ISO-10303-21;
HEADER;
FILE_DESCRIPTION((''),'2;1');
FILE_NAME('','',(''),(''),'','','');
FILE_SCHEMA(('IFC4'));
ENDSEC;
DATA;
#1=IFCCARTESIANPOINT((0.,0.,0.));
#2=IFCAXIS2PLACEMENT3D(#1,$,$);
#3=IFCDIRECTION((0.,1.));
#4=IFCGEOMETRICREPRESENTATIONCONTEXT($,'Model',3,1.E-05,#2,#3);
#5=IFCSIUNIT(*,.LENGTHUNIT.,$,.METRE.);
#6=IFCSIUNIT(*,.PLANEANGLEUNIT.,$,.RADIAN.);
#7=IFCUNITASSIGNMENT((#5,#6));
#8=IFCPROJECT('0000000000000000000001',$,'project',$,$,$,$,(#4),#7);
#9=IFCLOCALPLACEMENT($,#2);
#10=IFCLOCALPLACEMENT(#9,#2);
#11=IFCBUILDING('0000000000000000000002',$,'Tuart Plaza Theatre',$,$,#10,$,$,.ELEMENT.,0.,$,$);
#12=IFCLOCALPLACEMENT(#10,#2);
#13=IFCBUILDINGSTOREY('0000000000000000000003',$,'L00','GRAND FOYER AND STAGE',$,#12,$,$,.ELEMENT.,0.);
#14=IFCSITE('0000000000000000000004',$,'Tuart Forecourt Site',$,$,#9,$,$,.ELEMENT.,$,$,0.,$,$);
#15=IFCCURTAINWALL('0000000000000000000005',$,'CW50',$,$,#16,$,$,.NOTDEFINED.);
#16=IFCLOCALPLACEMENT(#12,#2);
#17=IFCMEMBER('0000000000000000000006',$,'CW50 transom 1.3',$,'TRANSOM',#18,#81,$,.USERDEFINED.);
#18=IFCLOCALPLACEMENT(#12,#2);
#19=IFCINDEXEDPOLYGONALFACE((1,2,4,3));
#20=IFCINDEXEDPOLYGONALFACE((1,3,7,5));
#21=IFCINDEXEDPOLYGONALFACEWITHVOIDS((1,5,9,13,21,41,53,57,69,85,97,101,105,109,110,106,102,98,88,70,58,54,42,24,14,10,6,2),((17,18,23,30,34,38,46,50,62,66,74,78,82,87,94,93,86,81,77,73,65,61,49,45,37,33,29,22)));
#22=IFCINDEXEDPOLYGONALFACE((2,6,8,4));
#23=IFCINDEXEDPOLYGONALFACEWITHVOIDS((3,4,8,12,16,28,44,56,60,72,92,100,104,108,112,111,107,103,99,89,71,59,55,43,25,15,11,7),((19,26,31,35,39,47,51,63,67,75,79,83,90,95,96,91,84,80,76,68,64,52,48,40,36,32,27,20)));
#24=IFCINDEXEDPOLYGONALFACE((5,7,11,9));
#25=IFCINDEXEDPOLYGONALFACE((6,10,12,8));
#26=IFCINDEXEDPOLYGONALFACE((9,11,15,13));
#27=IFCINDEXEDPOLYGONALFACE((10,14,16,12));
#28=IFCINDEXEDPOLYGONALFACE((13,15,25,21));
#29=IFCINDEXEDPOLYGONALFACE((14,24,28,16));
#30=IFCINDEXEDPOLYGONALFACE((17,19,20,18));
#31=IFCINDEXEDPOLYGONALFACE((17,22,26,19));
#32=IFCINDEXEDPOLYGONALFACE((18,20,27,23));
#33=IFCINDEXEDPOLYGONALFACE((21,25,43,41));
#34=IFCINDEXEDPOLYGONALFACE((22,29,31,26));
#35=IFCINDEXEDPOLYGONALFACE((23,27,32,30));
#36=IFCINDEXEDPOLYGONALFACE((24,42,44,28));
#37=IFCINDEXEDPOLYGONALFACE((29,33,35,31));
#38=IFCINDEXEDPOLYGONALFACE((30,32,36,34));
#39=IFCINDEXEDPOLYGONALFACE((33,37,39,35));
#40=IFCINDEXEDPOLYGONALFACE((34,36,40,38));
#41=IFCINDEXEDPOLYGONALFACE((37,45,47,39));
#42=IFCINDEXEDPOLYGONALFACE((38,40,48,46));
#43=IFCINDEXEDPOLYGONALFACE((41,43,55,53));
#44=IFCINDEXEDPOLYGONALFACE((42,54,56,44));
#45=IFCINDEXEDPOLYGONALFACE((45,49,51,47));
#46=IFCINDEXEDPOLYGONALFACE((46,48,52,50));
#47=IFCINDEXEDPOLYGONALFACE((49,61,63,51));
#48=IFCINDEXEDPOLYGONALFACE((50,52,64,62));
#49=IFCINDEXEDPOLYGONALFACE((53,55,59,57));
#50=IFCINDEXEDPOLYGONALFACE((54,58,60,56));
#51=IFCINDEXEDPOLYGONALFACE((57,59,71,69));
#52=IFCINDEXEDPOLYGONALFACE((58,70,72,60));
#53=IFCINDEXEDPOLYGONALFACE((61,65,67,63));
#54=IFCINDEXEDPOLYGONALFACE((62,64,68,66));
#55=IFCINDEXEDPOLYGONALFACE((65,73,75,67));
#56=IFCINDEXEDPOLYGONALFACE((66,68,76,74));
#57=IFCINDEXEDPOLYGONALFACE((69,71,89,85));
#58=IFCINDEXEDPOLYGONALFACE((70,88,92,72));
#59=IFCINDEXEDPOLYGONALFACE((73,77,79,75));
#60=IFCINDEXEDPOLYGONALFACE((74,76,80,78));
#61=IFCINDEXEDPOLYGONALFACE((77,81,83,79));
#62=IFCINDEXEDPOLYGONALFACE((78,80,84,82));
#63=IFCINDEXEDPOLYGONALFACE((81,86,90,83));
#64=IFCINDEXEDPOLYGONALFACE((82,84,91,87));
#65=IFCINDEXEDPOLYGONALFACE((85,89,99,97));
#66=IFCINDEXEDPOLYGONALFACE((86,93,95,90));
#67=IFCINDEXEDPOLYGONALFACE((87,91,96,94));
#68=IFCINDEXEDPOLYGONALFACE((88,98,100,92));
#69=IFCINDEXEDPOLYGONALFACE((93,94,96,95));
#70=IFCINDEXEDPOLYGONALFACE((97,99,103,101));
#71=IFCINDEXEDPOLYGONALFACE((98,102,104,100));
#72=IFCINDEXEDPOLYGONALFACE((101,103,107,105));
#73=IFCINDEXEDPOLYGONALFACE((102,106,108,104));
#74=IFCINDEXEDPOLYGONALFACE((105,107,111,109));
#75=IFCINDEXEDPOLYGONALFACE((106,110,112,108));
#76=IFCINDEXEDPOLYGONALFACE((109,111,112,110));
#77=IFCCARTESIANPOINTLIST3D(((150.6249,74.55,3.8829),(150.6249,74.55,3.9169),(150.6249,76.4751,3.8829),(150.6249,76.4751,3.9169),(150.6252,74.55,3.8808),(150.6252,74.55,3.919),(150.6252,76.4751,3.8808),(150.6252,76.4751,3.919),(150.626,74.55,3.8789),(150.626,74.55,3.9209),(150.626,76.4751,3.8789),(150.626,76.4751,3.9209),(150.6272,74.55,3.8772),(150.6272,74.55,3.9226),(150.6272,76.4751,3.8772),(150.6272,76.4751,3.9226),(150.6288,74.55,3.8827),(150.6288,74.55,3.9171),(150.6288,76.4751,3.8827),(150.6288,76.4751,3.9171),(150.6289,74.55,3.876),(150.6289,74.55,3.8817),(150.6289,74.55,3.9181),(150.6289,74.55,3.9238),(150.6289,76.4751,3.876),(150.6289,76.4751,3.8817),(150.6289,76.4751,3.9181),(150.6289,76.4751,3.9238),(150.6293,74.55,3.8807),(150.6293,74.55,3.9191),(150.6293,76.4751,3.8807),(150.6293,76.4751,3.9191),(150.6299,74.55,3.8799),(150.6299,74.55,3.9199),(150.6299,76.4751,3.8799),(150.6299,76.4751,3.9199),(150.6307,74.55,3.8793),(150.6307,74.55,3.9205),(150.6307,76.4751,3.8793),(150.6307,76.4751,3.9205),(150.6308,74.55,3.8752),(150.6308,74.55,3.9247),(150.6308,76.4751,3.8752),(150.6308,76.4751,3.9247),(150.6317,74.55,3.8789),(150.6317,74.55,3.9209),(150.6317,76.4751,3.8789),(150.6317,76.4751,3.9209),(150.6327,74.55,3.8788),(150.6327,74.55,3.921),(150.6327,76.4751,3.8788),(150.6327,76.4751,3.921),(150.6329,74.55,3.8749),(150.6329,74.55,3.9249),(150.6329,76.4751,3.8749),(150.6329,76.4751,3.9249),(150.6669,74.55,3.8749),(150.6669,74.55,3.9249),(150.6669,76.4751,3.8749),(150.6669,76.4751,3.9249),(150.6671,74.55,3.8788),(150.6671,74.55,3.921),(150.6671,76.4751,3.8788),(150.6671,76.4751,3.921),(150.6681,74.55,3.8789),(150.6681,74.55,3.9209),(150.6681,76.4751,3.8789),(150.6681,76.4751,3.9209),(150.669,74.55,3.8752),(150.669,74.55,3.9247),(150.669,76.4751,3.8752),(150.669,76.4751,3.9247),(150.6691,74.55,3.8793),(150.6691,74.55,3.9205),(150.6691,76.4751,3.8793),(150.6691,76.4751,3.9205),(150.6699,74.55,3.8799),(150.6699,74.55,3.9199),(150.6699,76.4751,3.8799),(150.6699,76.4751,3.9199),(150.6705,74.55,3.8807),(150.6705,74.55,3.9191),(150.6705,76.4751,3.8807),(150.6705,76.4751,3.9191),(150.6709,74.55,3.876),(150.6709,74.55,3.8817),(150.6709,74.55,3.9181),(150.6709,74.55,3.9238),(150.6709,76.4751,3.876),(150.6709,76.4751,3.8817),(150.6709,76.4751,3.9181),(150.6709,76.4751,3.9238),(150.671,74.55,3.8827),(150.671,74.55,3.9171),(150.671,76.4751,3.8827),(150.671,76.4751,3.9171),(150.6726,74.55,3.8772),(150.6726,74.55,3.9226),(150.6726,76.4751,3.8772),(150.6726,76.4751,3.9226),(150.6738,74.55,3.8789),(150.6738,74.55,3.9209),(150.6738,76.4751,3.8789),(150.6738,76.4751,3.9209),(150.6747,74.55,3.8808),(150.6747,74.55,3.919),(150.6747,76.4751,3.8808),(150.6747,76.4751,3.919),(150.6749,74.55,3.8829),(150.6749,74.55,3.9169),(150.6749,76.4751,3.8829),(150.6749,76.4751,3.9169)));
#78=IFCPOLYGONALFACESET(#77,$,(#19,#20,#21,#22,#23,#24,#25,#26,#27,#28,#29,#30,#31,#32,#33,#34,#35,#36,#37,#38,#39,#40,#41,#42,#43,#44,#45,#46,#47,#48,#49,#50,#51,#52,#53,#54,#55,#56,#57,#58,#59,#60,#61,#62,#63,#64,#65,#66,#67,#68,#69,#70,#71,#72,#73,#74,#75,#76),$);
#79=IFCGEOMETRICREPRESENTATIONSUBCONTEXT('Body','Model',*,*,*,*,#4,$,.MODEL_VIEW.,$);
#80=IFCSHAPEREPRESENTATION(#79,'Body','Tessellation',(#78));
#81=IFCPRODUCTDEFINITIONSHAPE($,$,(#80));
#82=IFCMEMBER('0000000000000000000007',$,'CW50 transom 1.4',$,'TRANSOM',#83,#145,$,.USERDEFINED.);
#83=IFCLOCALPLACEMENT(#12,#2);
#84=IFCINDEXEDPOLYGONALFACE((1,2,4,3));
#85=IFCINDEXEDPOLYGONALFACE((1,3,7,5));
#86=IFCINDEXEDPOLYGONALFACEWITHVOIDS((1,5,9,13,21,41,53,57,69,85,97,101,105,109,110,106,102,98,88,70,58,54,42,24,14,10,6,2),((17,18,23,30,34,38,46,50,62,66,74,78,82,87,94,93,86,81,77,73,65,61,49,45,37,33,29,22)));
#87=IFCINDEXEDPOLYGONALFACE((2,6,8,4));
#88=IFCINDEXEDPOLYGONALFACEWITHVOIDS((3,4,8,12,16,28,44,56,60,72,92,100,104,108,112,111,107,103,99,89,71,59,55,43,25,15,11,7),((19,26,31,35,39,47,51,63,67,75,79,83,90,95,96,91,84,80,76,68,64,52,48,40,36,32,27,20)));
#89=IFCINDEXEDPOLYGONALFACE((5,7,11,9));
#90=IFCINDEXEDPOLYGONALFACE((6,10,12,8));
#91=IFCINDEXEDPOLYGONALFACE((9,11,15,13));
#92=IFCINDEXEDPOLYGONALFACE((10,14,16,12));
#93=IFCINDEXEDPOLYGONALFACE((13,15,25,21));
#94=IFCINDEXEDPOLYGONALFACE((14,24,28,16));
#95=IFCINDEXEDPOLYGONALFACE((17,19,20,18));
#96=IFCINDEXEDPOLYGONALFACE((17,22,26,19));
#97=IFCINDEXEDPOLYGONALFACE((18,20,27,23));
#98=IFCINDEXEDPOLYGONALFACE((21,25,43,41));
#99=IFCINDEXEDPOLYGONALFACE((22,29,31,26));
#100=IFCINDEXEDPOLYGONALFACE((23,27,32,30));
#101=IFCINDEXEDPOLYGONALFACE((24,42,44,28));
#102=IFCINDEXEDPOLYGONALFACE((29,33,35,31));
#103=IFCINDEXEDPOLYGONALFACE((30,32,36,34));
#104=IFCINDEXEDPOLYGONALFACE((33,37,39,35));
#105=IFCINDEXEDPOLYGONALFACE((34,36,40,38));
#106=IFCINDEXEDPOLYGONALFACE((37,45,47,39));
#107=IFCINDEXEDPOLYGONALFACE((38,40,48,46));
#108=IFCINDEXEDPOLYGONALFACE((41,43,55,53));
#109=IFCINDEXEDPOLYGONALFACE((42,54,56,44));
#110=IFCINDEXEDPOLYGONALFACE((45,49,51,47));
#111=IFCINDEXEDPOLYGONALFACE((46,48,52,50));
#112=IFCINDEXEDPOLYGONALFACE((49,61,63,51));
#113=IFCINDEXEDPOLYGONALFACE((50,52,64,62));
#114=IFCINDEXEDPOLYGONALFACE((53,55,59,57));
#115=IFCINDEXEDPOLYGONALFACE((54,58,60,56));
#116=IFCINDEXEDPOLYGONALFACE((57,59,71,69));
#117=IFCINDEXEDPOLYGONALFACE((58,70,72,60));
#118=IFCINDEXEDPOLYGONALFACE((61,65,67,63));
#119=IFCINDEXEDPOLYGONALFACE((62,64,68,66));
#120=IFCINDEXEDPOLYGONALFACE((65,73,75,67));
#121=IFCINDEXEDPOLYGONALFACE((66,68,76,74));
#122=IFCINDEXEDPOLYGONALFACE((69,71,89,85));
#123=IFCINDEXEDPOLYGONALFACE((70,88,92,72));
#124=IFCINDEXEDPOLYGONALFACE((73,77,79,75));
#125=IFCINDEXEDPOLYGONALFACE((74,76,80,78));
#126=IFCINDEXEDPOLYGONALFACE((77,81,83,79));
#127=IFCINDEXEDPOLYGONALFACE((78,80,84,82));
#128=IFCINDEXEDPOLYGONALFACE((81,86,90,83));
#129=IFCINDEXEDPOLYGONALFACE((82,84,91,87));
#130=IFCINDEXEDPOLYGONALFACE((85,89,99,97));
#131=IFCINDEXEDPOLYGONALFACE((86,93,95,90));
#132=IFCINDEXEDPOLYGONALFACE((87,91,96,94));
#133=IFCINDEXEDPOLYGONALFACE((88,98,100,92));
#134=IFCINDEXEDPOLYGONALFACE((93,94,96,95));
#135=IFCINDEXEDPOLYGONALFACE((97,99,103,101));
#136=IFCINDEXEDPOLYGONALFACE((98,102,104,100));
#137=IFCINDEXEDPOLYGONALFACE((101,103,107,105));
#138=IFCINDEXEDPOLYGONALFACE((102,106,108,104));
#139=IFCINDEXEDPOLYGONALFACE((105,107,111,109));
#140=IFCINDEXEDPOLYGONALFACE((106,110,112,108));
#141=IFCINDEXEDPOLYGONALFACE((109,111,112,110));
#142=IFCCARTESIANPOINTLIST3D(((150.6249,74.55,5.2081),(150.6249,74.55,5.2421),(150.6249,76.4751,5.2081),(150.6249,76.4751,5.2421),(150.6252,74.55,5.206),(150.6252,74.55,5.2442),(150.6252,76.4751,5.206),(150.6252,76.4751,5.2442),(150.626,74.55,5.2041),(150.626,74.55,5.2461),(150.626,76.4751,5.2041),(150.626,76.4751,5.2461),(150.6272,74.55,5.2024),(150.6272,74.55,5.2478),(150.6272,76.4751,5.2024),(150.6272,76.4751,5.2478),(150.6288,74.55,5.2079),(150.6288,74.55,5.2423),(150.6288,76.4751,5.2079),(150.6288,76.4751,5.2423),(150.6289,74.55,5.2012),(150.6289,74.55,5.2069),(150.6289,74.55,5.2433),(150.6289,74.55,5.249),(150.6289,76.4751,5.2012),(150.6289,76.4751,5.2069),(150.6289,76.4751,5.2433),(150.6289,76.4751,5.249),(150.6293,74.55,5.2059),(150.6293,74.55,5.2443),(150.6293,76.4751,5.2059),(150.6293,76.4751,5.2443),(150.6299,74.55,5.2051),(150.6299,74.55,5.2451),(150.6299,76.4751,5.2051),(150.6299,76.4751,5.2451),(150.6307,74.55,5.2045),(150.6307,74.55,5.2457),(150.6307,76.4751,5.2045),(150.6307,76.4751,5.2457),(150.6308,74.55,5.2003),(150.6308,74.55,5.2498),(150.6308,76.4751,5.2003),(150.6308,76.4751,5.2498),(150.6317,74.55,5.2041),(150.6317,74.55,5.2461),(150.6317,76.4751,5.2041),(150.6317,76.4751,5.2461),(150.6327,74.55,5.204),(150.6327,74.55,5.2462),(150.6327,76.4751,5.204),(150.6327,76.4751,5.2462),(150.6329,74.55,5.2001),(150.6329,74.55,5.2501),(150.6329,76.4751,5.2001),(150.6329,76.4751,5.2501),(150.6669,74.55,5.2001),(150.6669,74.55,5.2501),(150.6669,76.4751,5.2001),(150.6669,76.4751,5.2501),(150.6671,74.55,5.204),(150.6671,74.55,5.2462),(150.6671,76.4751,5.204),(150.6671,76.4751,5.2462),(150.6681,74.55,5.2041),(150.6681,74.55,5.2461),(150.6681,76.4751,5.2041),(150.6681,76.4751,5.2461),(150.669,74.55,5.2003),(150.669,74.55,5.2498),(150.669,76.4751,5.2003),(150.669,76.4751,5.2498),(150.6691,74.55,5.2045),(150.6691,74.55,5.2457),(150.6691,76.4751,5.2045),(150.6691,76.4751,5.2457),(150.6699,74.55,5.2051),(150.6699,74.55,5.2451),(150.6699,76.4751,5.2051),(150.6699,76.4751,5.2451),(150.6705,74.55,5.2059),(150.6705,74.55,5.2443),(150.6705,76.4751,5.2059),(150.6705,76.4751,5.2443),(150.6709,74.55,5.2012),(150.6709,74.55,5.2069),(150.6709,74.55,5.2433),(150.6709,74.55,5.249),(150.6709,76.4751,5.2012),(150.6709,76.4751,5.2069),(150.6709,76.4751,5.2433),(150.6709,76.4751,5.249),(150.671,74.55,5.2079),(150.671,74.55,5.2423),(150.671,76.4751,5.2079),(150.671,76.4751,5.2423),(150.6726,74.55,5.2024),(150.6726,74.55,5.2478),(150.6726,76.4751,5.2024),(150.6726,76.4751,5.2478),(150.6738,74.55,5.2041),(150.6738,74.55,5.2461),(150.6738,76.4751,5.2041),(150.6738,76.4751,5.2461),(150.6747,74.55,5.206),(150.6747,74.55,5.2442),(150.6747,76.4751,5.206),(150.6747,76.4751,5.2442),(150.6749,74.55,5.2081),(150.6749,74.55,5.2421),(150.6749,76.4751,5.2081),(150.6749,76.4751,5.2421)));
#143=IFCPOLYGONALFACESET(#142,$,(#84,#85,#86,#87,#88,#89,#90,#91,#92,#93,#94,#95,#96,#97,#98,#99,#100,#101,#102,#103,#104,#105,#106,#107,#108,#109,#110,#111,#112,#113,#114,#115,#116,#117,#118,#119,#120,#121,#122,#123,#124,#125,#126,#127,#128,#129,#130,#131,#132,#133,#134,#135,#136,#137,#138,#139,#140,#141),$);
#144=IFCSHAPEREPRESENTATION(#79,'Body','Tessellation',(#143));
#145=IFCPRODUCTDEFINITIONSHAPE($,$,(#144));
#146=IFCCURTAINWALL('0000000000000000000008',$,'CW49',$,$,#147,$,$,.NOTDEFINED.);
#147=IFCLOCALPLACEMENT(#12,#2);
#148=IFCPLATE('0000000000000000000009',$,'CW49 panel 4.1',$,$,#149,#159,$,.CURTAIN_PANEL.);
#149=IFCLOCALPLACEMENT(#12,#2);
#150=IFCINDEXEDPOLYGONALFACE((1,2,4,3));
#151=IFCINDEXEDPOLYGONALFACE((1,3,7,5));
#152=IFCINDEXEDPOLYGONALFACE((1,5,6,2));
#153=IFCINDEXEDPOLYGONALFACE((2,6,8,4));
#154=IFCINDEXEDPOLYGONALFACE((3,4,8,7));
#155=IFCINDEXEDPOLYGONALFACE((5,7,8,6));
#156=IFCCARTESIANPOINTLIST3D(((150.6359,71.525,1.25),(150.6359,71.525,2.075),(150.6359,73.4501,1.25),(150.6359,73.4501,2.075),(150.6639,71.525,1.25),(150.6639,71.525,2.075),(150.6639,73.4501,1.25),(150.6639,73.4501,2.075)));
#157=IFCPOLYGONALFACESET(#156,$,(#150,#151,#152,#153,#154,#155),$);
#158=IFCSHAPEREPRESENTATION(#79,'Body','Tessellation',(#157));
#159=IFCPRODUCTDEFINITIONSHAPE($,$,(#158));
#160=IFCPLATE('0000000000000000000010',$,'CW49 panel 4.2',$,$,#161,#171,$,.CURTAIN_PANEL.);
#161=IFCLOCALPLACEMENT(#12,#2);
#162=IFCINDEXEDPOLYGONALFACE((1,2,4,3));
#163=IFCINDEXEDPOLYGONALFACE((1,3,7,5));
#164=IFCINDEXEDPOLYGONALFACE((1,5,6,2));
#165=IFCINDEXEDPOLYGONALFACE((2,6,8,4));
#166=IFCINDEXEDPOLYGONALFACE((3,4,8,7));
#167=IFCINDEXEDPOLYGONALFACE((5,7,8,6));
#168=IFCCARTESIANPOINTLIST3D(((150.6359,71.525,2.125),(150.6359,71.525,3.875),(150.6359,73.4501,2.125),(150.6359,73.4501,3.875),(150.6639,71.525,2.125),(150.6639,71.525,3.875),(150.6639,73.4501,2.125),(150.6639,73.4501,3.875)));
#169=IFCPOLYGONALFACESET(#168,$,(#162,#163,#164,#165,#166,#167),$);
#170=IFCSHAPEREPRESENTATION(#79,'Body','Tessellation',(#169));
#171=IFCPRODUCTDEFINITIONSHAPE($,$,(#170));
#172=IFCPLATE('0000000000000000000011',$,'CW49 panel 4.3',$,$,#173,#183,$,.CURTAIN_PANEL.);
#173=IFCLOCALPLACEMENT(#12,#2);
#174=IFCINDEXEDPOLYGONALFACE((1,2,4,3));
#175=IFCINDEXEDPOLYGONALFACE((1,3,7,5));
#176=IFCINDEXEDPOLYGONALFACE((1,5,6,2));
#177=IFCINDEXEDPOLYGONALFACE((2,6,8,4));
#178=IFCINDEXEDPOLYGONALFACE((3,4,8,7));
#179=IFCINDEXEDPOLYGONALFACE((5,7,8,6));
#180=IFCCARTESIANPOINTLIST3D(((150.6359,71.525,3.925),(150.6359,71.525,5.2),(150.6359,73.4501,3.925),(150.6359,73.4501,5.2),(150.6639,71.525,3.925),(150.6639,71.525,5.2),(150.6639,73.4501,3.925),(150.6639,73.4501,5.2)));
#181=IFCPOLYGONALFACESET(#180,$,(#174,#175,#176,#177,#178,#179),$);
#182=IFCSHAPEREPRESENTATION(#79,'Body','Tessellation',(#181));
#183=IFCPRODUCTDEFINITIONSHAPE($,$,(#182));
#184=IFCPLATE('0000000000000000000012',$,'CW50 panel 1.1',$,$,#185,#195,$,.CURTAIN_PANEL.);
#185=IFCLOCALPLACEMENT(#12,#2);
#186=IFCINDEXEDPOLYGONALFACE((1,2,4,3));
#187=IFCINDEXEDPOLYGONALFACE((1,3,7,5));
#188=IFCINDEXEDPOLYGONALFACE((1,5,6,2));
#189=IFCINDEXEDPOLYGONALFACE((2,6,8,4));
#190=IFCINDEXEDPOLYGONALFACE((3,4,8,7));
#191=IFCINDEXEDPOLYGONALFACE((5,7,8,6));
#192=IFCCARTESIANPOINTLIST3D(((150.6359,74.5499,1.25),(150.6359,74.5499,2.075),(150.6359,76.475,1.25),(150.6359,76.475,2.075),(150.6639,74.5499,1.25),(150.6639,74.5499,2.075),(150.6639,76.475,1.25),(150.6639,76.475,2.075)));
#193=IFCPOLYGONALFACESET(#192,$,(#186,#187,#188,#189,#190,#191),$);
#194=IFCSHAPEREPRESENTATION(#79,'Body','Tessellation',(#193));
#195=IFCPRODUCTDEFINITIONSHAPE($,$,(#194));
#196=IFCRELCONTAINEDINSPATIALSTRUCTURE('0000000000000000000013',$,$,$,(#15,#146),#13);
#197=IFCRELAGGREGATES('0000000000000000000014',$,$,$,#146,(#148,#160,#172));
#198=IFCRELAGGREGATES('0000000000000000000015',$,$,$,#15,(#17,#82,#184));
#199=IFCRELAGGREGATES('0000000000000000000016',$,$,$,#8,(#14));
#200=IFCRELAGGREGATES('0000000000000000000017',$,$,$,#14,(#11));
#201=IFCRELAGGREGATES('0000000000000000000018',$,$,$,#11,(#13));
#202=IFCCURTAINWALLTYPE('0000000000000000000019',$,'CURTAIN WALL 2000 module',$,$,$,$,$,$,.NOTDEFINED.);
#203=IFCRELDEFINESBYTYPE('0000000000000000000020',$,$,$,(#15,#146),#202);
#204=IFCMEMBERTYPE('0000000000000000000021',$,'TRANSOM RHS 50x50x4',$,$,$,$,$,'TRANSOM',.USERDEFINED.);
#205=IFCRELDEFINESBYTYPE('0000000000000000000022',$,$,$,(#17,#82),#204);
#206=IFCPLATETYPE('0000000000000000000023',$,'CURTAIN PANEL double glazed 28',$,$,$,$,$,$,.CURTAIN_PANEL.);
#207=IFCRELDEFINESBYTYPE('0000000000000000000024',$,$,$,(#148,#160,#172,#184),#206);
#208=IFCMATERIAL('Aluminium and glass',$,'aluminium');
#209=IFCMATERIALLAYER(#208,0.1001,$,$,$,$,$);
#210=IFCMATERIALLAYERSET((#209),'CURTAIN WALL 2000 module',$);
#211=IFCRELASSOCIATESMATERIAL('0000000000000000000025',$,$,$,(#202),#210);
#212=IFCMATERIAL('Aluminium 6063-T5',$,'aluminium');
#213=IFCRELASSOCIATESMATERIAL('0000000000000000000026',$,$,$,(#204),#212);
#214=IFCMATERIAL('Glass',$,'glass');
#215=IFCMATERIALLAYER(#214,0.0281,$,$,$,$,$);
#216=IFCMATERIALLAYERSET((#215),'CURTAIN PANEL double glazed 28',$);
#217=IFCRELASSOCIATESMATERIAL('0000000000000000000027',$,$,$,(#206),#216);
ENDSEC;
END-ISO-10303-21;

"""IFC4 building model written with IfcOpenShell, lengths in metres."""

from ifc_helpers import new_model, si_unit, direction, frame, origin, origin_2d, place, context, subcontext, project, spatial, rectangle, hollow_rectangle, extrude, material, layer, layer_set, material_profile, profile_set, type_object, element, aggregate, save


model = new_model("IFC4")

# Units and contexts
model_context = context("Model", 3, precision=1e-05, world=origin(), true_north=direction((0.0, 1.0)))
body_context = subcontext(model_context, "Body", "Model", "MODEL_VIEW")
ifc_project = project(units=[si_unit("LENGTHUNIT", "METRE"), si_unit("PLANEANGLEUNIT", "RADIAN")], contexts=[model_context])

# Site, building, storey
site_placement = place(None, origin())
site = spatial("IfcSite", under=ifc_project, at=site_placement, Name="Tuart Forecourt Site", CompositionType="ELEMENT", RefElevation=0.0)
building_placement = place(site_placement, origin())
building = spatial("IfcBuilding", under=site, at=building_placement, Name="Tuart Plaza Theatre", CompositionType="ELEMENT", ElevationOfRefHeight=0.0)
storey_placement = place(building_placement, origin())
storey = spatial("IfcBuildingStorey", under=building, at=storey_placement, Name="L00", Description="GRAND FOYER AND STAGE", CompositionType="ELEMENT", Elevation=0.0)

# Curtain wall, members
ifc_material_1 = material(Name="Aluminium and glass", Category="aluminium")
ifc_layer_1 = layer(ifc_material_1, 0.1001)
ifc_layer_set_1 = layer_set([ifc_layer_1], Name="CURTAIN WALL 2000 module")
curtain_wall_type = type_object("IfcCurtainWallType", Name="CURTAIN WALL 2000 module", PredefinedType="NOTDEFINED", material=ifc_layer_set_1)
curtain_wall_1_placement = place(storey_placement, origin())
curtain_wall_1 = element("IfcCurtainWall", 1, at=curtain_wall_1_placement, inside=storey, type_object=curtain_wall_type, Name="CW50", PredefinedType="NOTDEFINED")
ifc_material_2 = material(Name="Aluminium 6063-T5", Category="aluminium")
ifc_material_profile_1 = material_profile(ifc_material_2, hollow_rectangle(XDim=0.05, YDim=0.05, WallThickness=0.0039, InnerFilletRadius=0.0039, OuterFilletRadius=0.0081, at=origin_2d()), Name="RHS 50x50x4")
ifc_profile_set_1 = profile_set([ifc_material_profile_1], Name="Aluminium 6063-T5")
member_type_1 = type_object("IfcMemberType", Name="TRANSOM RHS 50x50x4", ElementType="TRANSOM", PredefinedType="USERDEFINED", material=ifc_profile_set_1)
member_1_placement = place(storey_placement, frame((150.6499, 74.55, 3.8999), z_axis=(0.0, 1.0, 0.0), x_axis=(-1.0, 0.0, 0.0)))
member_1 = element("IfcMember", 2, at=member_1_placement, type_object=member_type_1, Name="CW50 transom 1.3", ObjectType="TRANSOM", PredefinedType="USERDEFINED", context=body_context, shape_type="SweptSolid", body=[
    extrude(hollow_rectangle(XDim=0.05, YDim=0.05, WallThickness=0.0039, InnerFilletRadius=0.0039, OuterFilletRadius=0.0081, at=origin_2d()), origin(), (0.0, 0.0, 1.0), 1.925),
])
member_2_placement = place(storey_placement, frame((150.6499, 74.55, 5.2251), z_axis=(0.0, 1.0, 0.0), x_axis=(-1.0, 0.0, 0.0)))
member_2 = element("IfcMember", 3, at=member_2_placement, type_object=member_type_1, Name="CW50 transom 1.4", ObjectType="TRANSOM", PredefinedType="USERDEFINED", context=body_context, shape_type="SweptSolid", body=[
    extrude(hollow_rectangle(XDim=0.05, YDim=0.05, WallThickness=0.0039, InnerFilletRadius=0.0039, OuterFilletRadius=0.0081, at=origin_2d()), origin(), (0.0, 0.0, 1.0), 1.925),
])

# Curtain wall, plates
curtain_wall_2_placement = place(storey_placement, origin())
curtain_wall_2 = element("IfcCurtainWall", 4, at=curtain_wall_2_placement, inside=storey, type_object=curtain_wall_type, Name="CW49", PredefinedType="NOTDEFINED")
ifc_material_3 = material(Name="Glass", Category="glass")
ifc_layer_2 = layer(ifc_material_3, 0.0281)
ifc_layer_set_2 = layer_set([ifc_layer_2], Name="CURTAIN PANEL double glazed 28")
plate_type = type_object("IfcPlateType", Name="CURTAIN PANEL double glazed 28", PredefinedType="CURTAIN_PANEL", material=ifc_layer_set_2)
plate_1_placement = place(storey_placement, frame((150.6499, 72.4875, 1.25), z_axis=(0.0, 0.0, 1.0), x_axis=(0.0, 1.0, 0.0)))
plate_1 = element("IfcPlate", 5, at=plate_1_placement, type_object=plate_type, Name="CW49 panel 4.1", PredefinedType="CURTAIN_PANEL", context=body_context, shape_type="SweptSolid", body=[
    extrude(rectangle(XDim=1.925, YDim=0.0281, at=origin_2d()), origin(), (0.0, 0.0, 1.0), 0.825),
])
plate_2_placement = place(storey_placement, frame((150.6499, 72.4875, 2.125), z_axis=(0.0, 0.0, 1.0), x_axis=(0.0, 1.0, 0.0)))
plate_2 = element("IfcPlate", 6, at=plate_2_placement, type_object=plate_type, Name="CW49 panel 4.2", PredefinedType="CURTAIN_PANEL", context=body_context, shape_type="SweptSolid", body=[
    extrude(rectangle(XDim=1.925, YDim=0.0281, at=origin_2d()), origin(), (0.0, 0.0, 1.0), 1.75),
])
plate_3_placement = place(storey_placement, frame((150.6499, 72.4875, 3.925), z_axis=(0.0, 0.0, 1.0), x_axis=(0.0, 1.0, 0.0)))
plate_3 = element("IfcPlate", 7, at=plate_3_placement, type_object=plate_type, Name="CW49 panel 4.3", PredefinedType="CURTAIN_PANEL", context=body_context, shape_type="SweptSolid", body=[
    extrude(rectangle(XDim=1.925, YDim=0.0281, at=origin_2d()), origin(), (0.0, 0.0, 1.0), 1.2749),
])
aggregate(curtain_wall_2, [plate_1, plate_2, plate_3])

# Plate
plate_4_placement = place(storey_placement, frame((150.6499, 75.5125, 1.25), z_axis=(0.0, 0.0, 1.0), x_axis=(0.0, 1.0, 0.0)))
plate_4 = element("IfcPlate", 8, at=plate_4_placement, type_object=plate_type, Name="CW50 panel 1.1", PredefinedType="CURTAIN_PANEL", context=body_context, shape_type="SweptSolid", body=[
    extrude(rectangle(XDim=1.925, YDim=0.0281, at=origin_2d()), origin(), (0.0, 0.0, 1.0), 0.825),
])
aggregate(curtain_wall_1, [member_1, member_2, plate_4])

save(model, "model.ifc")
